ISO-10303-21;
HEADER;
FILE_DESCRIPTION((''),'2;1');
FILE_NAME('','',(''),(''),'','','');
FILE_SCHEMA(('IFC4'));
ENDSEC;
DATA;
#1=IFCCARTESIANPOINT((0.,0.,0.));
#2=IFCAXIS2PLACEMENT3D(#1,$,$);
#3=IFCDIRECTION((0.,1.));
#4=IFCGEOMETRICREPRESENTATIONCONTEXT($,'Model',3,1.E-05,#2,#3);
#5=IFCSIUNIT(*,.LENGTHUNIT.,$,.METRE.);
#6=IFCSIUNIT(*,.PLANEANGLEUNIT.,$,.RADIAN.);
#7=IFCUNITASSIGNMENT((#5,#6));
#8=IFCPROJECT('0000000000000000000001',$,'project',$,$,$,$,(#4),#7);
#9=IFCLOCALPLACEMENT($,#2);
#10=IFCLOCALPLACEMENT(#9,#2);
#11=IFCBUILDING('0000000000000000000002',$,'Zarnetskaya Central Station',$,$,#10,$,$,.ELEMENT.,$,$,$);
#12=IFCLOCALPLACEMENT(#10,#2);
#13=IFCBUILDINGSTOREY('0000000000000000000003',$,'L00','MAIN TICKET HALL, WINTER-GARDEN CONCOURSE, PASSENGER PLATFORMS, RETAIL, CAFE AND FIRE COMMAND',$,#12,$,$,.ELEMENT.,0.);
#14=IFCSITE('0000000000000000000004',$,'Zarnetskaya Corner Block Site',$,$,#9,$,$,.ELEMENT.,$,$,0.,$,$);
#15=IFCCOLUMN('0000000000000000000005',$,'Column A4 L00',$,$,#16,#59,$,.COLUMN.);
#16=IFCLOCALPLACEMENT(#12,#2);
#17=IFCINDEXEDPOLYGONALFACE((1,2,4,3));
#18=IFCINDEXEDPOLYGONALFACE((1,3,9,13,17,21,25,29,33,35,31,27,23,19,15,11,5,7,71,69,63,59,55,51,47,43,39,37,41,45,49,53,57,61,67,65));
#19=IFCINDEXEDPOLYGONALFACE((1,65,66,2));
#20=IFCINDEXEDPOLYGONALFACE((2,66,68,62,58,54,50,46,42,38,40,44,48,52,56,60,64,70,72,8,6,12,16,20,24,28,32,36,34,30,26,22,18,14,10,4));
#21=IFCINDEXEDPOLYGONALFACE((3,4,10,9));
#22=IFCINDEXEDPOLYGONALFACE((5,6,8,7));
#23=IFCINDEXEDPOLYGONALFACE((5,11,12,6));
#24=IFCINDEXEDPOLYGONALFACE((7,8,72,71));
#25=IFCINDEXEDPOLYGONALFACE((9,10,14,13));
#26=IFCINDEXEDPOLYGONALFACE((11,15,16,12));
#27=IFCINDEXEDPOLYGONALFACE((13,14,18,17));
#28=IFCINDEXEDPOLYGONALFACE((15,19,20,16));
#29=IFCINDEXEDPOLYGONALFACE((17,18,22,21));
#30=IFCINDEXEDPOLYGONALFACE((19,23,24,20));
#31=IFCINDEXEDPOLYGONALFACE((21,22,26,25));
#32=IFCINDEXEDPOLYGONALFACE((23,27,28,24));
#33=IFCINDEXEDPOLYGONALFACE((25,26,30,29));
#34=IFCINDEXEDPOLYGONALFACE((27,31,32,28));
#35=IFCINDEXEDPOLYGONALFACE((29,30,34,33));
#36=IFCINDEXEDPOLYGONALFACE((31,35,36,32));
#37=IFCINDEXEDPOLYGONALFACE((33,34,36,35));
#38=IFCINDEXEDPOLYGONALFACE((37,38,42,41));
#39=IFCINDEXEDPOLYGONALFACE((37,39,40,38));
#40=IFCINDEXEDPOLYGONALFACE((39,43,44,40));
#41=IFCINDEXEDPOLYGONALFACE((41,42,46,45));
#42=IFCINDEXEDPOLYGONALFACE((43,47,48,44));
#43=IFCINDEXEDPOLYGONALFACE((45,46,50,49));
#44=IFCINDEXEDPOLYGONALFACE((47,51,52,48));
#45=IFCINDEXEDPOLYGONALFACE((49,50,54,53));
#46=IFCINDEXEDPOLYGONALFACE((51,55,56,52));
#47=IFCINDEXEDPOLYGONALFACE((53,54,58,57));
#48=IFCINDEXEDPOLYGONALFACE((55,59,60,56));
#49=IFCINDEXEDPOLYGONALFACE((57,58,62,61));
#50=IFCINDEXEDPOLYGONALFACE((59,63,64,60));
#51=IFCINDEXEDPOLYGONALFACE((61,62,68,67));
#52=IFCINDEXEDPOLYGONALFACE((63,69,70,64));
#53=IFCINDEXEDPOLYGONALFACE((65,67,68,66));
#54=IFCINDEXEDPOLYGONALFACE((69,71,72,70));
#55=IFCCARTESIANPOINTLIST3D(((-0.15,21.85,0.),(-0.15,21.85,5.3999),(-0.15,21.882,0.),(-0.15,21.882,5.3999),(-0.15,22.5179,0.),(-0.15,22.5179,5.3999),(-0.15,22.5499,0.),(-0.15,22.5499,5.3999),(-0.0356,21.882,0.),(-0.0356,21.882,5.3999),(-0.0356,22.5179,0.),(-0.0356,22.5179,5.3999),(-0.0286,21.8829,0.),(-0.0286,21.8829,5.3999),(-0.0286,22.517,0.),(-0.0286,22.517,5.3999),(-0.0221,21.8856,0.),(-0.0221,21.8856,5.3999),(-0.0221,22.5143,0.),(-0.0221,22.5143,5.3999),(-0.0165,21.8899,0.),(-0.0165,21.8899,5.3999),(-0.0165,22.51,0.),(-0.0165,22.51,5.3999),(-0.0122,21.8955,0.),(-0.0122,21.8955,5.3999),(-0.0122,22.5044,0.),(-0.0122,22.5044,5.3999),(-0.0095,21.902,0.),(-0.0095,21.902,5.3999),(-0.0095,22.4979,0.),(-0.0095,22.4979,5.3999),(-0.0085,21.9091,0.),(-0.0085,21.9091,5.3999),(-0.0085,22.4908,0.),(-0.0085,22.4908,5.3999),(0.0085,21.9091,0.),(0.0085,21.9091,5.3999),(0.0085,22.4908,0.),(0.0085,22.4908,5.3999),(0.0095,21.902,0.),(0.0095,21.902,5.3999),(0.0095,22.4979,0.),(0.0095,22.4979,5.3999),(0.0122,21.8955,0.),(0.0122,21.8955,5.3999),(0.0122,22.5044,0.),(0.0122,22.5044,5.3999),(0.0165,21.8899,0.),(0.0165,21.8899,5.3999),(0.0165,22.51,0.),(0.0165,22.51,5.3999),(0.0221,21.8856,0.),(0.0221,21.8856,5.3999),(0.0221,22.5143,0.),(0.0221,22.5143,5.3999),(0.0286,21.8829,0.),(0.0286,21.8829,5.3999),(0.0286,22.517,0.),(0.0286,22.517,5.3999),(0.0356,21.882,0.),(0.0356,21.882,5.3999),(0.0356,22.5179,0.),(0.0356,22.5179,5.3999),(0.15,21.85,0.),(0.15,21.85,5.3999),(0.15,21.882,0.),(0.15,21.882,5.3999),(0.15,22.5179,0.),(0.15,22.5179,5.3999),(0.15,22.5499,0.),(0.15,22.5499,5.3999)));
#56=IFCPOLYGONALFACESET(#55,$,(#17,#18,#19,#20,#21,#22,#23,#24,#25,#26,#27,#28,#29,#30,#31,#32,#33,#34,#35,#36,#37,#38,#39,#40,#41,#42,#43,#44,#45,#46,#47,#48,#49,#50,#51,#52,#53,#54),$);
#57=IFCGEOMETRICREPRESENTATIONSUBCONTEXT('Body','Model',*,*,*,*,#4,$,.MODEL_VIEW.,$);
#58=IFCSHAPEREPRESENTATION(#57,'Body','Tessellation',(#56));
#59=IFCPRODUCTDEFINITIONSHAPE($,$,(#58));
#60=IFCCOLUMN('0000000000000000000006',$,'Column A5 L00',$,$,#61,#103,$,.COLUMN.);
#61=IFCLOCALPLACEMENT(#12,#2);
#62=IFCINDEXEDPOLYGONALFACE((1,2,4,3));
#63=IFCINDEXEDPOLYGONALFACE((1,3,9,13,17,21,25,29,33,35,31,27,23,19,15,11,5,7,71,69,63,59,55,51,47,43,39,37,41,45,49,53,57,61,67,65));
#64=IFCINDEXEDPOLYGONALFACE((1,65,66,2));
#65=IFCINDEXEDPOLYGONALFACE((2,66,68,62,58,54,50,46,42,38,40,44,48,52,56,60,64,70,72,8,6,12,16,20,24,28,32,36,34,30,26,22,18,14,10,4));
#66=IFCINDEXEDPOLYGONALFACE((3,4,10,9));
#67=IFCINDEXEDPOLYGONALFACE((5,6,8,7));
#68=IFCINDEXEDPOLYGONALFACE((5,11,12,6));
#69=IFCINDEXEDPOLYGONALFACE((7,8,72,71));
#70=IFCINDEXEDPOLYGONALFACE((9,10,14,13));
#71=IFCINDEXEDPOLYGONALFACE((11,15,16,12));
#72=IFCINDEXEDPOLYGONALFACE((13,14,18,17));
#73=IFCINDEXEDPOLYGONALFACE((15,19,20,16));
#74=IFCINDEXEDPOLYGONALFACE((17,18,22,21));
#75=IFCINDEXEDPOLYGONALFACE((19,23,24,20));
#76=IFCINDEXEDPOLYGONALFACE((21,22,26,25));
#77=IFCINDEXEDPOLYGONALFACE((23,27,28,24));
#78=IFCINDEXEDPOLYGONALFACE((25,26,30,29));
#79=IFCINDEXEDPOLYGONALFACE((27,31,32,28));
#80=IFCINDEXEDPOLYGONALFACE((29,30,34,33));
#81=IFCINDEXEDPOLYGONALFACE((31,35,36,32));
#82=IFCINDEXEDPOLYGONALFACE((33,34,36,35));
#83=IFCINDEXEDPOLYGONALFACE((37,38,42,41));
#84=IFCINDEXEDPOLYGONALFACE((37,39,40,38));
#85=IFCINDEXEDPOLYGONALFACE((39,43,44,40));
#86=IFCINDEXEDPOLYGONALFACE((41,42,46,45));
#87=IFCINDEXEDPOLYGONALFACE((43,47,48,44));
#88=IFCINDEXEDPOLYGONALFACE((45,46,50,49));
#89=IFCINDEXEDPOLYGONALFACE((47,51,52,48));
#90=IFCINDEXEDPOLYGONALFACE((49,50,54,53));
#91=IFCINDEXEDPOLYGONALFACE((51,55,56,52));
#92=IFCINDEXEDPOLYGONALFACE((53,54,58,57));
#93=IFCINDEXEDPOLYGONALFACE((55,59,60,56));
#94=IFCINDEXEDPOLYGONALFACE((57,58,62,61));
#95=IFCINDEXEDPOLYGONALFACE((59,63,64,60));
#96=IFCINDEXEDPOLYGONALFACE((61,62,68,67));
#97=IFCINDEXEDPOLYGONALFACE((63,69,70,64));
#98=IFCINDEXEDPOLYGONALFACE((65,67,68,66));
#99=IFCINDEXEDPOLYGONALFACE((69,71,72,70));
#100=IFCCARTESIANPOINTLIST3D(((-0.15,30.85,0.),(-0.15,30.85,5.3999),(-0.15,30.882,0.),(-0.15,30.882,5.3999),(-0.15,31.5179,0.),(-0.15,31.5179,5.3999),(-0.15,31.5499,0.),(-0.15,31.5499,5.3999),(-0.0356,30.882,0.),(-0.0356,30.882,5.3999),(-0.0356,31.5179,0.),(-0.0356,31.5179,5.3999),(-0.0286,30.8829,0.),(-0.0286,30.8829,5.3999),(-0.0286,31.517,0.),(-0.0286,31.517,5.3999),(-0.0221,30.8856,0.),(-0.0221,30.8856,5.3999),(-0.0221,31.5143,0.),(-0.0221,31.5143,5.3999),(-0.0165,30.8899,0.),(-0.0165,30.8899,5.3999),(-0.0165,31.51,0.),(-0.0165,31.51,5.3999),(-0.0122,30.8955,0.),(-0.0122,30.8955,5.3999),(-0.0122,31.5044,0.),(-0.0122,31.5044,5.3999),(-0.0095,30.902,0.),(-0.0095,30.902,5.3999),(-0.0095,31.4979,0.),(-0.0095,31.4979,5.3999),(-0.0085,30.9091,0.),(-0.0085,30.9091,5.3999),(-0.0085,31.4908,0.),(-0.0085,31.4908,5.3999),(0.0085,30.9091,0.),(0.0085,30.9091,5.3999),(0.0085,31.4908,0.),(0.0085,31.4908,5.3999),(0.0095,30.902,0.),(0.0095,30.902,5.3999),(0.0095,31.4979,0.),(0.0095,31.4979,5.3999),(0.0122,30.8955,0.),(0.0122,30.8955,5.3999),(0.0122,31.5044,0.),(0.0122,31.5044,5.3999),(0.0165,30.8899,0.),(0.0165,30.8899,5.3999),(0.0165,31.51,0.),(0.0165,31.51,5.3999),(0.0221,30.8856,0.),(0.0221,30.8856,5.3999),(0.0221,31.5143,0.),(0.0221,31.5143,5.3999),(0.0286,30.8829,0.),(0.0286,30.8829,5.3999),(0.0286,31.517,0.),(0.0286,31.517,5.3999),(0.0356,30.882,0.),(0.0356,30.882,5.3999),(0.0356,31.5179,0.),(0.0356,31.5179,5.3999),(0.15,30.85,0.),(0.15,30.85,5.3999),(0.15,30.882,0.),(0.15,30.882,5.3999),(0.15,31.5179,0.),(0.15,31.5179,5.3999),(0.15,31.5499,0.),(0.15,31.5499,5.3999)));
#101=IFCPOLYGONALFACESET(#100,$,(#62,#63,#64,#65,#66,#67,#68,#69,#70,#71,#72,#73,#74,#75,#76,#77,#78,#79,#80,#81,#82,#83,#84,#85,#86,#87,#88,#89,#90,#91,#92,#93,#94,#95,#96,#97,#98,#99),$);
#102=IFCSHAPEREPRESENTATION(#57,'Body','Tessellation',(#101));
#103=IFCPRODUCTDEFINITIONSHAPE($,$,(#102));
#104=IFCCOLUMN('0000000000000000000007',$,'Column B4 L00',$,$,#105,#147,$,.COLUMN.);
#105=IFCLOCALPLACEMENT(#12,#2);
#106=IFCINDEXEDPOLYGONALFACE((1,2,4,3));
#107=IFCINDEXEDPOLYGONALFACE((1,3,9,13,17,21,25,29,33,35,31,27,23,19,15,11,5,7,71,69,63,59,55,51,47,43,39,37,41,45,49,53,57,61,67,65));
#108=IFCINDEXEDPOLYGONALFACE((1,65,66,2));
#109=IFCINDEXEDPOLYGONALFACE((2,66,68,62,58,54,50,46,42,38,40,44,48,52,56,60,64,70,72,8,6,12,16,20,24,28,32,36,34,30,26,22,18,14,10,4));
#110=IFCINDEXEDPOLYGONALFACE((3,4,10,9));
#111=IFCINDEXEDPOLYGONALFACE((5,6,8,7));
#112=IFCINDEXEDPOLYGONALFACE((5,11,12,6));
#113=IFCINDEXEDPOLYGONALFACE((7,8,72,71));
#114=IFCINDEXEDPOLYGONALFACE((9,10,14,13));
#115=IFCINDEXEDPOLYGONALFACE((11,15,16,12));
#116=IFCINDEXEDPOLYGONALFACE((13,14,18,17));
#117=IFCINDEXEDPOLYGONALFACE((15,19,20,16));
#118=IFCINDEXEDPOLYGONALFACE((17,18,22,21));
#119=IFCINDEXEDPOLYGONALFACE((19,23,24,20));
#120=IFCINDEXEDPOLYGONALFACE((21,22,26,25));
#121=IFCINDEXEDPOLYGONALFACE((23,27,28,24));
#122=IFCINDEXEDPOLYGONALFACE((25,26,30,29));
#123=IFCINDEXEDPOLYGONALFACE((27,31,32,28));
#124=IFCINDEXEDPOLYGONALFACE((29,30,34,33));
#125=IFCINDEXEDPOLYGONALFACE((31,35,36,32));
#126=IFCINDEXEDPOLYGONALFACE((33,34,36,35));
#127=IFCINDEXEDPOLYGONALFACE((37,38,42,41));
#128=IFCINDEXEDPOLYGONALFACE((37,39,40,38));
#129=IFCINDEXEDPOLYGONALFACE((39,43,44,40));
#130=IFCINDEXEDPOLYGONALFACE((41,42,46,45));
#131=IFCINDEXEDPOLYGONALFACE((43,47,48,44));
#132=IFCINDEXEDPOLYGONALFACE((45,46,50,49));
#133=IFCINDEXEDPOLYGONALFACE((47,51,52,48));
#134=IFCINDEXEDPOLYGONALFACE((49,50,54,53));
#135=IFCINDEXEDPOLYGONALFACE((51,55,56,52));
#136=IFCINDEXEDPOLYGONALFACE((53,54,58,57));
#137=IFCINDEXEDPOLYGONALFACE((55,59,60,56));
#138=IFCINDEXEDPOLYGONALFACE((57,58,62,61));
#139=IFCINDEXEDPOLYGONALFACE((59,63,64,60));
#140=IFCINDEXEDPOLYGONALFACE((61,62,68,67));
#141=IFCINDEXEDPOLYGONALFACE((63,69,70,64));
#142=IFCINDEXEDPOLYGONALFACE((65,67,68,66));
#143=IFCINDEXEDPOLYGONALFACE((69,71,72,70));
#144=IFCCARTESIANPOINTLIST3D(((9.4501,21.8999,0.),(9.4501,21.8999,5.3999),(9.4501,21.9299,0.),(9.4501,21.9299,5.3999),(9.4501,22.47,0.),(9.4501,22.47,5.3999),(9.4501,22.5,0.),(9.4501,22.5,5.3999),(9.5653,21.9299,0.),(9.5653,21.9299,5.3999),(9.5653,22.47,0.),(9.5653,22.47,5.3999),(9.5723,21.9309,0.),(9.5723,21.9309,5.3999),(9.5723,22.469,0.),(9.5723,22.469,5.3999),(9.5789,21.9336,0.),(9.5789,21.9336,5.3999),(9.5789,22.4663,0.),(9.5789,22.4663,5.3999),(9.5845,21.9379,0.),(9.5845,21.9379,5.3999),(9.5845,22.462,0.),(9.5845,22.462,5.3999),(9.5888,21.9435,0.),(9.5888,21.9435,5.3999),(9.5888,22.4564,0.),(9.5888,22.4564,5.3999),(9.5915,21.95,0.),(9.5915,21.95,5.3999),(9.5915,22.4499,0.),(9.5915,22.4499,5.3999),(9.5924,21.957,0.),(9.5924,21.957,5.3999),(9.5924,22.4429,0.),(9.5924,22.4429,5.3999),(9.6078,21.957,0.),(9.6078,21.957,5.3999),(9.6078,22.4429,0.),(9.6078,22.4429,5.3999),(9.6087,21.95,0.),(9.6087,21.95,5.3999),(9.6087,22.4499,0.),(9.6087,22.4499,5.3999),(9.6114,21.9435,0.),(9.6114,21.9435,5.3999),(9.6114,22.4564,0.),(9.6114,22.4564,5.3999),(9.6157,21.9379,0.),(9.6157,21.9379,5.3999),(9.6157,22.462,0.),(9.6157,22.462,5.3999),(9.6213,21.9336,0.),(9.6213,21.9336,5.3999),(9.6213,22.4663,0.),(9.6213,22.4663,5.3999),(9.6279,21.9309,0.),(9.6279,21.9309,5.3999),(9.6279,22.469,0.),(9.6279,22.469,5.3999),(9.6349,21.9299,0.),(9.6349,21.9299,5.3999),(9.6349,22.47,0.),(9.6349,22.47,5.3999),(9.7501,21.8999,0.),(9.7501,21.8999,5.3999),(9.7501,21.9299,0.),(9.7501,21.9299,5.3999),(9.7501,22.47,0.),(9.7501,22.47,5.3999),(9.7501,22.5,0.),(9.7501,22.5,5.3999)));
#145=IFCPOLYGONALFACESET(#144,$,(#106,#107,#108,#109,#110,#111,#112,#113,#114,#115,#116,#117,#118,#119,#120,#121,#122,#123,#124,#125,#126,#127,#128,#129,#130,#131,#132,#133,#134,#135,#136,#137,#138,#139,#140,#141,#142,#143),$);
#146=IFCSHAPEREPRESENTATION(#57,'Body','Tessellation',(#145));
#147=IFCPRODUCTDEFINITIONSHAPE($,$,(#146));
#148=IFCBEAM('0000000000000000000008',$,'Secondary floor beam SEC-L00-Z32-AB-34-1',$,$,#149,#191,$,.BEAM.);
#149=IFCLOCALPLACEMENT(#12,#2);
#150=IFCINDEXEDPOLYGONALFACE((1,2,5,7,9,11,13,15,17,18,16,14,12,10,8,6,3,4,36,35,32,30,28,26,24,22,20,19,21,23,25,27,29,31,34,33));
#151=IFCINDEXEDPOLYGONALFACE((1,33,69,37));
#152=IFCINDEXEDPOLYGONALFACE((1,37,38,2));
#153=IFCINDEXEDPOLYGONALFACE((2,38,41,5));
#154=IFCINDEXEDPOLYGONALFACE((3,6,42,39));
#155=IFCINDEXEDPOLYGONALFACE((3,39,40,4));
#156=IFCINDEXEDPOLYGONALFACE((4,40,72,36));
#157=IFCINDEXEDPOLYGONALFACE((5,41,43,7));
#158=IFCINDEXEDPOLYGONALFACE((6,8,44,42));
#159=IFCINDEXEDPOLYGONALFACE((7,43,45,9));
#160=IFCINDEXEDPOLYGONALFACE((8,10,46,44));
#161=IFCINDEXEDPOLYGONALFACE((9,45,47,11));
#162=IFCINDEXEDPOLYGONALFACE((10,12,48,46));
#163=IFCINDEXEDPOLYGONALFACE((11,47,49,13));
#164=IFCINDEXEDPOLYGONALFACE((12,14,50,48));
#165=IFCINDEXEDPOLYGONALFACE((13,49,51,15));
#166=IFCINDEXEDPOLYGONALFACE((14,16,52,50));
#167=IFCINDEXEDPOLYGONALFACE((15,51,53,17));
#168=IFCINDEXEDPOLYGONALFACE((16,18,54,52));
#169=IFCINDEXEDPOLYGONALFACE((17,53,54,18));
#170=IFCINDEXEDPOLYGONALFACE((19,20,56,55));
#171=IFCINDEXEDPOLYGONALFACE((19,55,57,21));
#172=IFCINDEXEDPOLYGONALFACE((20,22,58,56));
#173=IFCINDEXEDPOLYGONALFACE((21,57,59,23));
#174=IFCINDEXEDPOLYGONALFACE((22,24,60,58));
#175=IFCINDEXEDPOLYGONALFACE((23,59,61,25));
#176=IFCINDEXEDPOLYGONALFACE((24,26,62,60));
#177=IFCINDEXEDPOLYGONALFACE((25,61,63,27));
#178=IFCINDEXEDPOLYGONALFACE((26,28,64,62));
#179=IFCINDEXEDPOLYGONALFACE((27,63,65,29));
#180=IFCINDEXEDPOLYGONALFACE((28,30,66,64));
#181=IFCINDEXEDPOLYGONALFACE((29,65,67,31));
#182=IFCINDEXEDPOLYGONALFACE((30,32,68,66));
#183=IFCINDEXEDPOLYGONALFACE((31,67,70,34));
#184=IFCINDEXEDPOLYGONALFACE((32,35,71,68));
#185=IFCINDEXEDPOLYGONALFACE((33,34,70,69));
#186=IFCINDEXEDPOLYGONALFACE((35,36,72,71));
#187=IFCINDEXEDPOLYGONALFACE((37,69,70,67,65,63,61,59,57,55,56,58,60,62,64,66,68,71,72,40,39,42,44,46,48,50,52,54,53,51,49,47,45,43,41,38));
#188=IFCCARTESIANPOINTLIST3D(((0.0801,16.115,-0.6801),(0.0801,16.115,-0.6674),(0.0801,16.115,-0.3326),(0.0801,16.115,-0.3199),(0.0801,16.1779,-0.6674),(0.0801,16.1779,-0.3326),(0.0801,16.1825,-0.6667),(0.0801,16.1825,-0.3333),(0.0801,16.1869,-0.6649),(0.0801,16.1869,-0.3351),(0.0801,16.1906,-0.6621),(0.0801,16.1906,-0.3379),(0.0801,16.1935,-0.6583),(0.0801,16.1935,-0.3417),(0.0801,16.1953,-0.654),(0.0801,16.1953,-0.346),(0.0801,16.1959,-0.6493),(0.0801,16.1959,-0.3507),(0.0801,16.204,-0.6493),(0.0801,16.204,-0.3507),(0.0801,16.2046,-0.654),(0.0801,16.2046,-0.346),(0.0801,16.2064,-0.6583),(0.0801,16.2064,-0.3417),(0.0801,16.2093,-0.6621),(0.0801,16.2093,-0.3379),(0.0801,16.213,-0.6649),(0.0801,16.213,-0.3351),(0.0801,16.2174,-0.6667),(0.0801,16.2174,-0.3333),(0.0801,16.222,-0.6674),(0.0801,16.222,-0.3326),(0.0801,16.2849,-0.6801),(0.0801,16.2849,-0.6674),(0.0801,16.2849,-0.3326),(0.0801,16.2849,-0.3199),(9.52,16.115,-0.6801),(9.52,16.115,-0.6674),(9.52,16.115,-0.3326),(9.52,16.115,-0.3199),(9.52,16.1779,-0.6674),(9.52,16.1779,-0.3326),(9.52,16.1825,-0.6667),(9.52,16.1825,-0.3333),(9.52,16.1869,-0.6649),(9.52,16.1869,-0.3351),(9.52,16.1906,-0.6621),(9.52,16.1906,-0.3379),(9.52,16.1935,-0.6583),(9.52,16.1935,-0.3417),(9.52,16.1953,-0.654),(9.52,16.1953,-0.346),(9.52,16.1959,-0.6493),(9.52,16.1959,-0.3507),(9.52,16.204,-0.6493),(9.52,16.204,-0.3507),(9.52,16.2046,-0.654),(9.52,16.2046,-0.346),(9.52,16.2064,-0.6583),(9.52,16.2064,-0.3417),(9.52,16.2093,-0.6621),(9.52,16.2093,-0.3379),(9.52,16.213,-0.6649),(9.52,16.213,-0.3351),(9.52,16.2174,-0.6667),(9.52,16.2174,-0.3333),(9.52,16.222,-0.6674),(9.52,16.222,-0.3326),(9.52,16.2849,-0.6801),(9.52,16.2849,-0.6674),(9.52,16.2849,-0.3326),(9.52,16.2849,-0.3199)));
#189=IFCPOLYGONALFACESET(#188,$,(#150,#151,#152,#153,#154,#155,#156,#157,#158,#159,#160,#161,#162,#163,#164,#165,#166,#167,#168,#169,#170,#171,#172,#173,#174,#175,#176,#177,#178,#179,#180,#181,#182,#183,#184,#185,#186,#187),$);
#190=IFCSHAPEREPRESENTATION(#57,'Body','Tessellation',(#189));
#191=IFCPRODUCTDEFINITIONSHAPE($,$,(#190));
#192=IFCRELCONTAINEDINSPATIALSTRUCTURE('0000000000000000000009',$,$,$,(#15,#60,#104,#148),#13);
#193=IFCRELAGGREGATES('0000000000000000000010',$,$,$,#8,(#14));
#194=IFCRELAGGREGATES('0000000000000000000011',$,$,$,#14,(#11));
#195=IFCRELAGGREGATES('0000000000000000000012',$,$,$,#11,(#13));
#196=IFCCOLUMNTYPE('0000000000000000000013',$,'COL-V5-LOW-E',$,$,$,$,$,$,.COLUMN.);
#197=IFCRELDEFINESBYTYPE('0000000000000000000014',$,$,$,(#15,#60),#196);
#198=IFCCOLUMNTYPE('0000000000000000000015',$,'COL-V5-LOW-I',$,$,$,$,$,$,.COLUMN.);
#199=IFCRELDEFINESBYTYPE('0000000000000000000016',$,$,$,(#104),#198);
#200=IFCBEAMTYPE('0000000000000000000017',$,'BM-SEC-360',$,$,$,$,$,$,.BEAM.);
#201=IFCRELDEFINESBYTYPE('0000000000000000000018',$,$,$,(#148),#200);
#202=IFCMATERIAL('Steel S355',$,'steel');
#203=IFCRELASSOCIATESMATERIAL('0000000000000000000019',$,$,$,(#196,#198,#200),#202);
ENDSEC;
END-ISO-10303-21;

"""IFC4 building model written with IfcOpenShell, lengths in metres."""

from ifc_helpers import new_model, si_unit, direction, frame, origin, origin_2d, place, context, subcontext, project, spatial, i_section, extrude, material, material_profile, profile_set, type_object, element, save


model = new_model("IFC4")

# Units and contexts
model_context = context("Model", 3, precision=1e-05, world=origin(), true_north=direction((0.0, 1.0)))
body_context = subcontext(model_context, "Body", "Model", "MODEL_VIEW")
ifc_project = project(units=[si_unit("LENGTHUNIT", "METRE"), si_unit("PLANEANGLEUNIT", "RADIAN")], contexts=[model_context])

# Site, building, storey
site_placement = place(None, origin())
site = spatial("IfcSite", under=ifc_project, at=site_placement, Name="Zarnetskaya Corner Block Site", CompositionType="ELEMENT", RefElevation=0.0)
building_placement = place(site_placement, origin())
building = spatial("IfcBuilding", under=site, at=building_placement, Name="Zarnetskaya Central Station", CompositionType="ELEMENT")
storey_placement = place(building_placement, origin())
storey = spatial("IfcBuildingStorey", under=building, at=storey_placement, Name="L00", Description="MAIN TICKET HALL, WINTER-GARDEN CONCOURSE, PASSENGER PLATFORMS, RETAIL, CAFE AND FIRE COMMAND", CompositionType="ELEMENT", Elevation=0.0)

# Columns
ifc_material_1 = material(Name="Steel S355", Category="steel")
ifc_material_profile_1 = material_profile(ifc_material_1, i_section(OverallWidth=0.3, OverallDepth=0.7, WebThickness=0.0171, FlangeThickness=0.032, FilletRadius=0.0271, at=origin_2d()), Name="HEB 700")
ifc_profile_set_1 = profile_set([ifc_material_profile_1], Name="Steel S355")
column_type_1 = type_object("IfcColumnType", Name="COL-V5-LOW-E", PredefinedType="COLUMN", material=ifc_profile_set_1)
for number, where, z_axis, x_axis, name in (
    (1, (0.0, 22.2, 0.0), (0.0, 0.0, 1.0), (1.0, 0.0, 0.0), "Column A4 L00"),
    (2, (0.0, 31.2, 0.0), (0.0, 0.0, 1.0), (1.0, 0.0, 0.0), "Column A5 L00"),
):
    element("IfcColumn", number, at=place(storey_placement, frame(where, z_axis=z_axis, x_axis=x_axis)), inside=storey, type_object=column_type_1, Name=name, PredefinedType="COLUMN", context=body_context, shape_type="SweptSolid", body=[
        extrude(i_section(OverallWidth=0.3, OverallDepth=0.7, WebThickness=0.0171, FlangeThickness=0.032, FilletRadius=0.0271, at=origin_2d()), origin(), (0.0, 0.0, 1.0), 5.3999),
    ])
ifc_material_profile_2 = material_profile(ifc_material_1, i_section(OverallWidth=0.3, OverallDepth=0.6001, WebThickness=0.0154, FlangeThickness=0.03, FilletRadius=0.0271, at=origin_2d()), Name="HEB 600")
ifc_profile_set_2 = profile_set([ifc_material_profile_2], Name="Steel S355")
column_type_2 = type_object("IfcColumnType", Name="COL-V5-LOW-I", PredefinedType="COLUMN", material=ifc_profile_set_2)
column_placement = place(storey_placement, frame((9.6001, 22.2, 0.0), z_axis=(0.0, 0.0, 1.0), x_axis=(1.0, 0.0, 0.0)))
element("IfcColumn", 3, at=column_placement, inside=storey, type_object=column_type_2, Name="Column B4 L00", PredefinedType="COLUMN", context=body_context, shape_type="SweptSolid", body=[
    extrude(i_section(OverallWidth=0.3, OverallDepth=0.6001, WebThickness=0.0154, FlangeThickness=0.03, FilletRadius=0.0271, at=origin_2d()), origin(), (0.0, 0.0, 1.0), 5.3999),
])

# Beam
ifc_material_profile_3 = material_profile(ifc_material_1, i_section(OverallWidth=0.1699, OverallDepth=0.3601, WebThickness=0.0081, FlangeThickness=0.0127, FilletRadius=0.0181, at=origin_2d()), Name="IPE 360")
ifc_profile_set_3 = profile_set([ifc_material_profile_3], Name="Steel S355")
beam_type_1 = type_object("IfcBeamType", Name="BM-SEC-360", PredefinedType="BEAM", material=ifc_profile_set_3)
for number, where, z_axis, x_axis, name in (
    (4, (0.0801, 16.2, -0.5), (1.0, 0.0, 0.0), (0.0, 1.0, 0.0), "Secondary floor beam SEC-L00-Z32-AB-34-1"),
):
    element("IfcBeam", number, at=place(storey_placement, frame(where, z_axis=z_axis, x_axis=x_axis)), inside=storey, type_object=beam_type_1, Name=name, PredefinedType="BEAM", context=body_context, shape_type="SweptSolid", body=[
        extrude(i_section(OverallWidth=0.1699, OverallDepth=0.3601, WebThickness=0.0081, FlangeThickness=0.0127, FilletRadius=0.0181, at=origin_2d()), origin(), (0.0, 0.0, 1.0), 9.4399),
    ])

save(model, "model.ifc")
